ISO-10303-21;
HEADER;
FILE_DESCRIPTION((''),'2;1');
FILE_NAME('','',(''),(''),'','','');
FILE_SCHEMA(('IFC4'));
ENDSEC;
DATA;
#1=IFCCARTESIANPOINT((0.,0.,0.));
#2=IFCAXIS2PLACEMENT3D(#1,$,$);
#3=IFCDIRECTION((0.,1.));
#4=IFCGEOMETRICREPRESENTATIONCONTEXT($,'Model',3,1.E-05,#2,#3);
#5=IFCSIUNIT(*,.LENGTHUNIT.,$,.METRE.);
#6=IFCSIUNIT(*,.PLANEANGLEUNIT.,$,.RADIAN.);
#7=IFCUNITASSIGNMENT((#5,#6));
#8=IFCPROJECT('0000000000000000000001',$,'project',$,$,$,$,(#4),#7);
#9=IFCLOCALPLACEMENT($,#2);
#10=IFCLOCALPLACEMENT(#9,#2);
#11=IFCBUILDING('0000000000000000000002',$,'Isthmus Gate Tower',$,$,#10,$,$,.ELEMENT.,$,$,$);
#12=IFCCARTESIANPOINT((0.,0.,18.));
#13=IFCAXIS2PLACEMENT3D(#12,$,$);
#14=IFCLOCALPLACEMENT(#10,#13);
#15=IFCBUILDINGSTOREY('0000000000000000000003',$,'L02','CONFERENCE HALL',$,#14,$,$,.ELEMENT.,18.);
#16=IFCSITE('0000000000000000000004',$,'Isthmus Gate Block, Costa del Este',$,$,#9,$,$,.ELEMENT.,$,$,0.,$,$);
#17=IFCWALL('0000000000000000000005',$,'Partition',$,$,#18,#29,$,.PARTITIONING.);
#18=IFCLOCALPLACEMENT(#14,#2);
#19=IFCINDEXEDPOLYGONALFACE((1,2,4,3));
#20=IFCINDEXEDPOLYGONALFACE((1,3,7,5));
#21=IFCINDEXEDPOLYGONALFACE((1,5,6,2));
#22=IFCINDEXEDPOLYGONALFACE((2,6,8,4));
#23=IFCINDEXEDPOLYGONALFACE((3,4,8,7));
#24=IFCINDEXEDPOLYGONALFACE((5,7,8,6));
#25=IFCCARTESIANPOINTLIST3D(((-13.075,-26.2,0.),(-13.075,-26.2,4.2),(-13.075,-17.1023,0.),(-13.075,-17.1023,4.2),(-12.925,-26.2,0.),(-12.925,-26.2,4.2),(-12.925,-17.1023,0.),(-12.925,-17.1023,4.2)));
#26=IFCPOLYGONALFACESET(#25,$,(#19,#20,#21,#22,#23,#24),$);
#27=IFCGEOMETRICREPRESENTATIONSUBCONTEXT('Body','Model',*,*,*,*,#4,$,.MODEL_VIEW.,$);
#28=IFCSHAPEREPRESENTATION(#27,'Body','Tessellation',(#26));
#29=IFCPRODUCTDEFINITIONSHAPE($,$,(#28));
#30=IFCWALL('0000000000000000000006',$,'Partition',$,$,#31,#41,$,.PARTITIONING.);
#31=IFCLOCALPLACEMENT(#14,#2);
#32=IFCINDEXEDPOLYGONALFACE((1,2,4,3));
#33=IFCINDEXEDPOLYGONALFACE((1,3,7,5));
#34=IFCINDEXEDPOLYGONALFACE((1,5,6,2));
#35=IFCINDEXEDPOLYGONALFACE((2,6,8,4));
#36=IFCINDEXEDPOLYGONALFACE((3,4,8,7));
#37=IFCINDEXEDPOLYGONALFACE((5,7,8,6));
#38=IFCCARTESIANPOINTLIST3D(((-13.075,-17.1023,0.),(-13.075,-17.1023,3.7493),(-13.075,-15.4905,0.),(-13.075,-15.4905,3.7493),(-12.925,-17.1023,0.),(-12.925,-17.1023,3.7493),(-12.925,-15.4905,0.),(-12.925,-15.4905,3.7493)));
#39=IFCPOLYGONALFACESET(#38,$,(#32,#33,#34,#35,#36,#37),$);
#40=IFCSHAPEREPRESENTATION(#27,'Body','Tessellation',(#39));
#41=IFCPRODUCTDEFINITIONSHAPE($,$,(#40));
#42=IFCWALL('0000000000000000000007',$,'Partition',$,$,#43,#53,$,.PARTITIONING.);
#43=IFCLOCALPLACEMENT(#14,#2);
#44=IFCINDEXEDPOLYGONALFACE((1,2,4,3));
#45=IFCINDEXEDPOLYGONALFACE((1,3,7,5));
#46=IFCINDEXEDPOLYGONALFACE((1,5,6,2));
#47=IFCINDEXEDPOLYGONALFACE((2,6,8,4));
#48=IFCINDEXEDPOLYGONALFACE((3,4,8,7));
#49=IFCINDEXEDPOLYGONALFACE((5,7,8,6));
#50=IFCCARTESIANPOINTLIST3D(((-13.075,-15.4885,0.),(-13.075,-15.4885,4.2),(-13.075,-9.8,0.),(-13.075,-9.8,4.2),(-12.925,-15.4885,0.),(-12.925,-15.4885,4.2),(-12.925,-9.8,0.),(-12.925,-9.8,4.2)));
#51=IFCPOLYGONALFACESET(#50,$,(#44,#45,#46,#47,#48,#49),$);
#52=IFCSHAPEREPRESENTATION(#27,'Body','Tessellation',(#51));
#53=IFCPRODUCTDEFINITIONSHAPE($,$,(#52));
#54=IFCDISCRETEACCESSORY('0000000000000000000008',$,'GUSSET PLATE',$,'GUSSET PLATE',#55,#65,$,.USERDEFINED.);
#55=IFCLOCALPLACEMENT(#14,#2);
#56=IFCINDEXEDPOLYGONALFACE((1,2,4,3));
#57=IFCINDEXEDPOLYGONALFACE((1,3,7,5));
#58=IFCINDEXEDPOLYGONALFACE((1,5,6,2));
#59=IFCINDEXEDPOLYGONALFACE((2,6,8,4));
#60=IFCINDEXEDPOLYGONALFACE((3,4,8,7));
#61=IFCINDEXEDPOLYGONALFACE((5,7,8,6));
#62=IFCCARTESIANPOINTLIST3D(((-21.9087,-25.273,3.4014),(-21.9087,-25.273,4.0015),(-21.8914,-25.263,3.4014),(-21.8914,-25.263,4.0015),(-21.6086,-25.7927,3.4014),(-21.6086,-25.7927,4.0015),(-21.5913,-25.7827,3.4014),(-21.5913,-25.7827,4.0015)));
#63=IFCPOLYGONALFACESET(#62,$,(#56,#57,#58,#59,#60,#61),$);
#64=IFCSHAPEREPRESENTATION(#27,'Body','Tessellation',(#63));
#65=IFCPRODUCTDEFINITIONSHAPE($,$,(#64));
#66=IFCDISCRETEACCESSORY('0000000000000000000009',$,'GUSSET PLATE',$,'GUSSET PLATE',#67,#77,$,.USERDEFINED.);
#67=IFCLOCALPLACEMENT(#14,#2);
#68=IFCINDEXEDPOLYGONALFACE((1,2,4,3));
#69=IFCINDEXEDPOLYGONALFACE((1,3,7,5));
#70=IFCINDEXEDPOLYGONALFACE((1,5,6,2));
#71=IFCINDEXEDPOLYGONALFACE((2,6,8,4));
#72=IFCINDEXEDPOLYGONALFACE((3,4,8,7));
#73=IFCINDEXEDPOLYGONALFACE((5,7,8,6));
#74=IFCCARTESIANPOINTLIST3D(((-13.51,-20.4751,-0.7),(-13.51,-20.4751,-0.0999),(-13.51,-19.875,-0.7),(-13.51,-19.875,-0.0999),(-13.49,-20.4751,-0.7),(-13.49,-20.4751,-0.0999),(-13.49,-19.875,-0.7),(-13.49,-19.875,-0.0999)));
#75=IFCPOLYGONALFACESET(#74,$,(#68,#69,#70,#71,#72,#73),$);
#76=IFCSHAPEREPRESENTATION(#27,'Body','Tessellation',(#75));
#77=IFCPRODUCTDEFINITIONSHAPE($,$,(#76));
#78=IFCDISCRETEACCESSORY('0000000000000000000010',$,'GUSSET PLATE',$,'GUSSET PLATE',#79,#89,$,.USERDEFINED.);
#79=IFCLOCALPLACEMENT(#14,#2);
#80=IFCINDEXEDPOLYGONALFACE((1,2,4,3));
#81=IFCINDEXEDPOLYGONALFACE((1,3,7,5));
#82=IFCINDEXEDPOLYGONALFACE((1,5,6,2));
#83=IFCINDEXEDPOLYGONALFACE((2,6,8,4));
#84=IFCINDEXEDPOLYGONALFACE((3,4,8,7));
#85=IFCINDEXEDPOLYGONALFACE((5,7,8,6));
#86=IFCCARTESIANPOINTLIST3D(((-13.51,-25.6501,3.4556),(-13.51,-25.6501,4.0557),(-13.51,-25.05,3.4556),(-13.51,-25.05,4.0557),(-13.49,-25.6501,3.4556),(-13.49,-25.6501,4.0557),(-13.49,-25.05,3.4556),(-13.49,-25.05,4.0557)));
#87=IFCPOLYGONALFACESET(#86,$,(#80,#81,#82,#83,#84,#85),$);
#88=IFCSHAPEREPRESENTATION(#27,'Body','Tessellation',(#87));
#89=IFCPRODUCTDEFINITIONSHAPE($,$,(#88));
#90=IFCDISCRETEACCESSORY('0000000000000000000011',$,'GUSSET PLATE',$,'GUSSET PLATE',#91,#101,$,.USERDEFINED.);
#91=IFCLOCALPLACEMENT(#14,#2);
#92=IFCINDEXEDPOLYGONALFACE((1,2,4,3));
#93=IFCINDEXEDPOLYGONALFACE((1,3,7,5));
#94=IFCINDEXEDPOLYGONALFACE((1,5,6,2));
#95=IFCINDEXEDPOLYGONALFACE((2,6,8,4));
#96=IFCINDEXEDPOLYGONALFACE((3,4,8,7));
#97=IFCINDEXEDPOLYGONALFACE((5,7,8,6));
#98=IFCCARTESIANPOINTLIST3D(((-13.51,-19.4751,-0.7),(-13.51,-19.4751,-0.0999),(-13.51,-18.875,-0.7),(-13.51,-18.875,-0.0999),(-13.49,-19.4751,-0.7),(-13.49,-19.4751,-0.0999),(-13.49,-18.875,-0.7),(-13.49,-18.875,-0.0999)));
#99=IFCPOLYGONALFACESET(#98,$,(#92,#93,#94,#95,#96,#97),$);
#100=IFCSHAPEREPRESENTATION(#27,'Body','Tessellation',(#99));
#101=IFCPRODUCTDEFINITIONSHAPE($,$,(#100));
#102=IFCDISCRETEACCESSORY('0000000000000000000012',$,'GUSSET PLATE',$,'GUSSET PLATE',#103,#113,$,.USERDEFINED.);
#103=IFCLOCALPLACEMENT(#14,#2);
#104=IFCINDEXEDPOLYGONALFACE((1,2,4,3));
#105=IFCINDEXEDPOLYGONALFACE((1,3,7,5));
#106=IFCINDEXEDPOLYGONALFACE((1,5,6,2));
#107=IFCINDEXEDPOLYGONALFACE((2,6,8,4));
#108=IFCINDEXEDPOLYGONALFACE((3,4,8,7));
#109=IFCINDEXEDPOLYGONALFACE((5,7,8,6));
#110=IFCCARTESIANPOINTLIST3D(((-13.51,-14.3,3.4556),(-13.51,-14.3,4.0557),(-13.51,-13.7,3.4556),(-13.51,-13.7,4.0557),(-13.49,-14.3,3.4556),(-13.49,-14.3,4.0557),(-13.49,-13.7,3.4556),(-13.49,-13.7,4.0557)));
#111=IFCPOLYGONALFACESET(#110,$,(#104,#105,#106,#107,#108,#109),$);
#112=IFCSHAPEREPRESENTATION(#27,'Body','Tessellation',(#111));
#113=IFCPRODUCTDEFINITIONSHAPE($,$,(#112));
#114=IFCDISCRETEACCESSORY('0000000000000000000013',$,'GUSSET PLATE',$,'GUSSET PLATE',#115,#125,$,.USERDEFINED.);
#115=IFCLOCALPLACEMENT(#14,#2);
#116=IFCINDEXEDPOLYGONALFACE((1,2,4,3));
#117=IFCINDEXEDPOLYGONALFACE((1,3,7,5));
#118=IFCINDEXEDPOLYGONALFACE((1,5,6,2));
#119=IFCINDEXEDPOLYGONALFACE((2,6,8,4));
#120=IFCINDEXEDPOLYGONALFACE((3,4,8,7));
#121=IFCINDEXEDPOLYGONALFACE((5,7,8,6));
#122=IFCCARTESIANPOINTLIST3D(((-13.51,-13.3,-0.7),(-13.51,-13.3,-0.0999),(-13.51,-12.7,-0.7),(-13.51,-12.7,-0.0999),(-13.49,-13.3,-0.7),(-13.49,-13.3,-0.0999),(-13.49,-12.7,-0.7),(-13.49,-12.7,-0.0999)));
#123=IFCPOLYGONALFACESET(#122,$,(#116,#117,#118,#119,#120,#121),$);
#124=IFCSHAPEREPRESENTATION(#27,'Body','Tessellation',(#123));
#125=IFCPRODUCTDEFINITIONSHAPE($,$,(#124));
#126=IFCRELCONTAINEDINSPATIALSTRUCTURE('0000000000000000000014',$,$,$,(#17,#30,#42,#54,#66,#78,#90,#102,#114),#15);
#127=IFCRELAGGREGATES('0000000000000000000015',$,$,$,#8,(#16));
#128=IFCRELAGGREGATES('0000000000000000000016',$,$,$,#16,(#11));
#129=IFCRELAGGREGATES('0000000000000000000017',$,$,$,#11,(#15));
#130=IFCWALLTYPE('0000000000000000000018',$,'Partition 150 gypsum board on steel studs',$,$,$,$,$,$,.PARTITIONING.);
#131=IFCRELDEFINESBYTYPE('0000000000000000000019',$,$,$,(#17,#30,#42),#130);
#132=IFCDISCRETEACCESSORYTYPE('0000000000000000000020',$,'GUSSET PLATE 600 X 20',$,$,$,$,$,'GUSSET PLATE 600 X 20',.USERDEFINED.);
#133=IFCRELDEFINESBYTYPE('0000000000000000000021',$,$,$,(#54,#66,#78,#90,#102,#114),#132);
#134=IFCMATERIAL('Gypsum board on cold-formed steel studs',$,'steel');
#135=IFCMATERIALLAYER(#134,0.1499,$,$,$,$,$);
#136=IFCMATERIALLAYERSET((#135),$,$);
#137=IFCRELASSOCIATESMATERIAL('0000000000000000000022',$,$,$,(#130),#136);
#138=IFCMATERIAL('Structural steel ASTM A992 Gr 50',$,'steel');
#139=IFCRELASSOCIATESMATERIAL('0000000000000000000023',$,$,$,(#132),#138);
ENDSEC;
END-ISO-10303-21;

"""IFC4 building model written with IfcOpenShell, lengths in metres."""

from ifc_helpers import new_model, si_unit, direction, frame, frame_2d, origin, origin_2d, place, context, subcontext, project, spatial, rectangle, extrude, material, layer, layer_set, type_object, element, save


model = new_model("IFC4")

# Units and contexts
model_context = context("Model", 3, precision=1e-05, world=origin(), true_north=direction((0.0, 1.0)))
body_context = subcontext(model_context, "Body", "Model", "MODEL_VIEW")
ifc_project = project(units=[si_unit("LENGTHUNIT", "METRE"), si_unit("PLANEANGLEUNIT", "RADIAN")], contexts=[model_context])

# Site, building, storey
site_placement = place(None, origin())
site = spatial("IfcSite", under=ifc_project, at=site_placement, Name="Isthmus Gate Block, Costa del Este", CompositionType="ELEMENT", RefElevation=0.0)
building_placement = place(site_placement, origin())
building = spatial("IfcBuilding", under=site, at=building_placement, Name="Isthmus Gate Tower", CompositionType="ELEMENT")
storey_placement = place(building_placement, frame((0.0, 0.0, 18.0)))
storey = spatial("IfcBuildingStorey", under=building, at=storey_placement, Name="L02", Description="CONFERENCE HALL", CompositionType="ELEMENT", Elevation=18.0)

# Walls
ifc_material_1 = material(Name="Gypsum board on cold-formed steel studs", Category="steel")
ifc_layer_1 = layer(ifc_material_1, 0.1499)
ifc_layer_set_1 = layer_set([ifc_layer_1])
wall_type_1 = type_object("IfcWallType", Name="Partition 150 gypsum board on steel studs", PredefinedType="PARTITIONING", material=ifc_layer_set_1)
wall_1_placement = place(storey_placement, frame((-13.0, -26.2, 0.0), z_axis=(0.0, 0.0, 1.0), x_axis=(0.0, 1.0, 0.0)))
element("IfcWall", 1, at=wall_1_placement, inside=storey, type_object=wall_type_1, Name="Partition", PredefinedType="PARTITIONING", context=body_context, shape_type="SweptSolid", body=[
    extrude(rectangle(XDim=9.0977, YDim=0.1499, at=frame_2d((4.5488, 0.0))), origin(), (0.0, 0.0, 1.0), 4.2),
])
wall_2_placement = place(storey_placement, frame((-13.0, -17.1023, 0.0), z_axis=(0.0, 0.0, 1.0), x_axis=(0.0, 1.0, 0.0)))
element("IfcWall", 2, at=wall_2_placement, inside=storey, type_object=wall_type_1, Name="Partition", PredefinedType="PARTITIONING", context=body_context, shape_type="SweptSolid", body=[
    extrude(rectangle(XDim=1.6118, YDim=0.1499, at=frame_2d((0.8059, 0.0))), origin(), (0.0, 0.0, 1.0), 3.7493),
])
wall_3_placement = place(storey_placement, frame((-13.0, -15.4885, 0.0), z_axis=(0.0, 0.0, 1.0), x_axis=(0.0, 1.0, 0.0)))
element("IfcWall", 3, at=wall_3_placement, inside=storey, type_object=wall_type_1, Name="Partition", PredefinedType="PARTITIONING", context=body_context, shape_type="SweptSolid", body=[
    extrude(rectangle(XDim=5.6885, YDim=0.1499, at=frame_2d((2.8442, 0.0))), origin(), (0.0, 0.0, 1.0), 4.2),
])

# Discrete accessories
ifc_material_2 = material(Name="Structural steel ASTM A992 Gr 50", Category="steel")
discrete_accessory_type = type_object("IfcDiscreteAccessoryType", Name="GUSSET PLATE 600 X 20", ElementType="GUSSET PLATE 600 X 20", PredefinedType="USERDEFINED", material=ifc_material_2)
for number, where, z_axis, x_axis, name in (
    (4, (-21.75, -25.5278, 3.4014), (0.0, 0.0, 1.0), (0.5, -0.866025, 0.0), "GUSSET PLATE"),
    (5, (-13.5, -20.175, -0.7), (0.0, 0.0, 1.0), (0.0, -1.0, 0.0), "GUSSET PLATE"),
    (6, (-13.5, -25.3501, 3.4556), (0.0, 0.0, 1.0), (0.0, -1.0, 0.0), "GUSSET PLATE"),
    (7, (-13.5, -19.175, -0.7), (0.0, 0.0, 1.0), (0.0, 1.0, 0.0), "GUSSET PLATE"),
    (8, (-13.5, -14.0, 3.4556), (0.0, 0.0, 1.0), (0.0, 1.0, 0.0), "GUSSET PLATE"),
    (9, (-13.5, -13.0, -0.7), (0.0, 0.0, 1.0), (0.0, 1.0, 0.0), "GUSSET PLATE"),
):
    element("IfcDiscreteAccessory", number, at=place(storey_placement, frame(where, z_axis=z_axis, x_axis=x_axis)), inside=storey, type_object=discrete_accessory_type, Name=name, ObjectType="GUSSET PLATE", PredefinedType="USERDEFINED", context=body_context, shape_type="SweptSolid", body=[
        extrude(rectangle(XDim=0.6001, YDim=0.02, at=origin_2d()), origin(), (0.0, 0.0, 1.0), 0.6001),
    ])

save(model, "model.ifc")
